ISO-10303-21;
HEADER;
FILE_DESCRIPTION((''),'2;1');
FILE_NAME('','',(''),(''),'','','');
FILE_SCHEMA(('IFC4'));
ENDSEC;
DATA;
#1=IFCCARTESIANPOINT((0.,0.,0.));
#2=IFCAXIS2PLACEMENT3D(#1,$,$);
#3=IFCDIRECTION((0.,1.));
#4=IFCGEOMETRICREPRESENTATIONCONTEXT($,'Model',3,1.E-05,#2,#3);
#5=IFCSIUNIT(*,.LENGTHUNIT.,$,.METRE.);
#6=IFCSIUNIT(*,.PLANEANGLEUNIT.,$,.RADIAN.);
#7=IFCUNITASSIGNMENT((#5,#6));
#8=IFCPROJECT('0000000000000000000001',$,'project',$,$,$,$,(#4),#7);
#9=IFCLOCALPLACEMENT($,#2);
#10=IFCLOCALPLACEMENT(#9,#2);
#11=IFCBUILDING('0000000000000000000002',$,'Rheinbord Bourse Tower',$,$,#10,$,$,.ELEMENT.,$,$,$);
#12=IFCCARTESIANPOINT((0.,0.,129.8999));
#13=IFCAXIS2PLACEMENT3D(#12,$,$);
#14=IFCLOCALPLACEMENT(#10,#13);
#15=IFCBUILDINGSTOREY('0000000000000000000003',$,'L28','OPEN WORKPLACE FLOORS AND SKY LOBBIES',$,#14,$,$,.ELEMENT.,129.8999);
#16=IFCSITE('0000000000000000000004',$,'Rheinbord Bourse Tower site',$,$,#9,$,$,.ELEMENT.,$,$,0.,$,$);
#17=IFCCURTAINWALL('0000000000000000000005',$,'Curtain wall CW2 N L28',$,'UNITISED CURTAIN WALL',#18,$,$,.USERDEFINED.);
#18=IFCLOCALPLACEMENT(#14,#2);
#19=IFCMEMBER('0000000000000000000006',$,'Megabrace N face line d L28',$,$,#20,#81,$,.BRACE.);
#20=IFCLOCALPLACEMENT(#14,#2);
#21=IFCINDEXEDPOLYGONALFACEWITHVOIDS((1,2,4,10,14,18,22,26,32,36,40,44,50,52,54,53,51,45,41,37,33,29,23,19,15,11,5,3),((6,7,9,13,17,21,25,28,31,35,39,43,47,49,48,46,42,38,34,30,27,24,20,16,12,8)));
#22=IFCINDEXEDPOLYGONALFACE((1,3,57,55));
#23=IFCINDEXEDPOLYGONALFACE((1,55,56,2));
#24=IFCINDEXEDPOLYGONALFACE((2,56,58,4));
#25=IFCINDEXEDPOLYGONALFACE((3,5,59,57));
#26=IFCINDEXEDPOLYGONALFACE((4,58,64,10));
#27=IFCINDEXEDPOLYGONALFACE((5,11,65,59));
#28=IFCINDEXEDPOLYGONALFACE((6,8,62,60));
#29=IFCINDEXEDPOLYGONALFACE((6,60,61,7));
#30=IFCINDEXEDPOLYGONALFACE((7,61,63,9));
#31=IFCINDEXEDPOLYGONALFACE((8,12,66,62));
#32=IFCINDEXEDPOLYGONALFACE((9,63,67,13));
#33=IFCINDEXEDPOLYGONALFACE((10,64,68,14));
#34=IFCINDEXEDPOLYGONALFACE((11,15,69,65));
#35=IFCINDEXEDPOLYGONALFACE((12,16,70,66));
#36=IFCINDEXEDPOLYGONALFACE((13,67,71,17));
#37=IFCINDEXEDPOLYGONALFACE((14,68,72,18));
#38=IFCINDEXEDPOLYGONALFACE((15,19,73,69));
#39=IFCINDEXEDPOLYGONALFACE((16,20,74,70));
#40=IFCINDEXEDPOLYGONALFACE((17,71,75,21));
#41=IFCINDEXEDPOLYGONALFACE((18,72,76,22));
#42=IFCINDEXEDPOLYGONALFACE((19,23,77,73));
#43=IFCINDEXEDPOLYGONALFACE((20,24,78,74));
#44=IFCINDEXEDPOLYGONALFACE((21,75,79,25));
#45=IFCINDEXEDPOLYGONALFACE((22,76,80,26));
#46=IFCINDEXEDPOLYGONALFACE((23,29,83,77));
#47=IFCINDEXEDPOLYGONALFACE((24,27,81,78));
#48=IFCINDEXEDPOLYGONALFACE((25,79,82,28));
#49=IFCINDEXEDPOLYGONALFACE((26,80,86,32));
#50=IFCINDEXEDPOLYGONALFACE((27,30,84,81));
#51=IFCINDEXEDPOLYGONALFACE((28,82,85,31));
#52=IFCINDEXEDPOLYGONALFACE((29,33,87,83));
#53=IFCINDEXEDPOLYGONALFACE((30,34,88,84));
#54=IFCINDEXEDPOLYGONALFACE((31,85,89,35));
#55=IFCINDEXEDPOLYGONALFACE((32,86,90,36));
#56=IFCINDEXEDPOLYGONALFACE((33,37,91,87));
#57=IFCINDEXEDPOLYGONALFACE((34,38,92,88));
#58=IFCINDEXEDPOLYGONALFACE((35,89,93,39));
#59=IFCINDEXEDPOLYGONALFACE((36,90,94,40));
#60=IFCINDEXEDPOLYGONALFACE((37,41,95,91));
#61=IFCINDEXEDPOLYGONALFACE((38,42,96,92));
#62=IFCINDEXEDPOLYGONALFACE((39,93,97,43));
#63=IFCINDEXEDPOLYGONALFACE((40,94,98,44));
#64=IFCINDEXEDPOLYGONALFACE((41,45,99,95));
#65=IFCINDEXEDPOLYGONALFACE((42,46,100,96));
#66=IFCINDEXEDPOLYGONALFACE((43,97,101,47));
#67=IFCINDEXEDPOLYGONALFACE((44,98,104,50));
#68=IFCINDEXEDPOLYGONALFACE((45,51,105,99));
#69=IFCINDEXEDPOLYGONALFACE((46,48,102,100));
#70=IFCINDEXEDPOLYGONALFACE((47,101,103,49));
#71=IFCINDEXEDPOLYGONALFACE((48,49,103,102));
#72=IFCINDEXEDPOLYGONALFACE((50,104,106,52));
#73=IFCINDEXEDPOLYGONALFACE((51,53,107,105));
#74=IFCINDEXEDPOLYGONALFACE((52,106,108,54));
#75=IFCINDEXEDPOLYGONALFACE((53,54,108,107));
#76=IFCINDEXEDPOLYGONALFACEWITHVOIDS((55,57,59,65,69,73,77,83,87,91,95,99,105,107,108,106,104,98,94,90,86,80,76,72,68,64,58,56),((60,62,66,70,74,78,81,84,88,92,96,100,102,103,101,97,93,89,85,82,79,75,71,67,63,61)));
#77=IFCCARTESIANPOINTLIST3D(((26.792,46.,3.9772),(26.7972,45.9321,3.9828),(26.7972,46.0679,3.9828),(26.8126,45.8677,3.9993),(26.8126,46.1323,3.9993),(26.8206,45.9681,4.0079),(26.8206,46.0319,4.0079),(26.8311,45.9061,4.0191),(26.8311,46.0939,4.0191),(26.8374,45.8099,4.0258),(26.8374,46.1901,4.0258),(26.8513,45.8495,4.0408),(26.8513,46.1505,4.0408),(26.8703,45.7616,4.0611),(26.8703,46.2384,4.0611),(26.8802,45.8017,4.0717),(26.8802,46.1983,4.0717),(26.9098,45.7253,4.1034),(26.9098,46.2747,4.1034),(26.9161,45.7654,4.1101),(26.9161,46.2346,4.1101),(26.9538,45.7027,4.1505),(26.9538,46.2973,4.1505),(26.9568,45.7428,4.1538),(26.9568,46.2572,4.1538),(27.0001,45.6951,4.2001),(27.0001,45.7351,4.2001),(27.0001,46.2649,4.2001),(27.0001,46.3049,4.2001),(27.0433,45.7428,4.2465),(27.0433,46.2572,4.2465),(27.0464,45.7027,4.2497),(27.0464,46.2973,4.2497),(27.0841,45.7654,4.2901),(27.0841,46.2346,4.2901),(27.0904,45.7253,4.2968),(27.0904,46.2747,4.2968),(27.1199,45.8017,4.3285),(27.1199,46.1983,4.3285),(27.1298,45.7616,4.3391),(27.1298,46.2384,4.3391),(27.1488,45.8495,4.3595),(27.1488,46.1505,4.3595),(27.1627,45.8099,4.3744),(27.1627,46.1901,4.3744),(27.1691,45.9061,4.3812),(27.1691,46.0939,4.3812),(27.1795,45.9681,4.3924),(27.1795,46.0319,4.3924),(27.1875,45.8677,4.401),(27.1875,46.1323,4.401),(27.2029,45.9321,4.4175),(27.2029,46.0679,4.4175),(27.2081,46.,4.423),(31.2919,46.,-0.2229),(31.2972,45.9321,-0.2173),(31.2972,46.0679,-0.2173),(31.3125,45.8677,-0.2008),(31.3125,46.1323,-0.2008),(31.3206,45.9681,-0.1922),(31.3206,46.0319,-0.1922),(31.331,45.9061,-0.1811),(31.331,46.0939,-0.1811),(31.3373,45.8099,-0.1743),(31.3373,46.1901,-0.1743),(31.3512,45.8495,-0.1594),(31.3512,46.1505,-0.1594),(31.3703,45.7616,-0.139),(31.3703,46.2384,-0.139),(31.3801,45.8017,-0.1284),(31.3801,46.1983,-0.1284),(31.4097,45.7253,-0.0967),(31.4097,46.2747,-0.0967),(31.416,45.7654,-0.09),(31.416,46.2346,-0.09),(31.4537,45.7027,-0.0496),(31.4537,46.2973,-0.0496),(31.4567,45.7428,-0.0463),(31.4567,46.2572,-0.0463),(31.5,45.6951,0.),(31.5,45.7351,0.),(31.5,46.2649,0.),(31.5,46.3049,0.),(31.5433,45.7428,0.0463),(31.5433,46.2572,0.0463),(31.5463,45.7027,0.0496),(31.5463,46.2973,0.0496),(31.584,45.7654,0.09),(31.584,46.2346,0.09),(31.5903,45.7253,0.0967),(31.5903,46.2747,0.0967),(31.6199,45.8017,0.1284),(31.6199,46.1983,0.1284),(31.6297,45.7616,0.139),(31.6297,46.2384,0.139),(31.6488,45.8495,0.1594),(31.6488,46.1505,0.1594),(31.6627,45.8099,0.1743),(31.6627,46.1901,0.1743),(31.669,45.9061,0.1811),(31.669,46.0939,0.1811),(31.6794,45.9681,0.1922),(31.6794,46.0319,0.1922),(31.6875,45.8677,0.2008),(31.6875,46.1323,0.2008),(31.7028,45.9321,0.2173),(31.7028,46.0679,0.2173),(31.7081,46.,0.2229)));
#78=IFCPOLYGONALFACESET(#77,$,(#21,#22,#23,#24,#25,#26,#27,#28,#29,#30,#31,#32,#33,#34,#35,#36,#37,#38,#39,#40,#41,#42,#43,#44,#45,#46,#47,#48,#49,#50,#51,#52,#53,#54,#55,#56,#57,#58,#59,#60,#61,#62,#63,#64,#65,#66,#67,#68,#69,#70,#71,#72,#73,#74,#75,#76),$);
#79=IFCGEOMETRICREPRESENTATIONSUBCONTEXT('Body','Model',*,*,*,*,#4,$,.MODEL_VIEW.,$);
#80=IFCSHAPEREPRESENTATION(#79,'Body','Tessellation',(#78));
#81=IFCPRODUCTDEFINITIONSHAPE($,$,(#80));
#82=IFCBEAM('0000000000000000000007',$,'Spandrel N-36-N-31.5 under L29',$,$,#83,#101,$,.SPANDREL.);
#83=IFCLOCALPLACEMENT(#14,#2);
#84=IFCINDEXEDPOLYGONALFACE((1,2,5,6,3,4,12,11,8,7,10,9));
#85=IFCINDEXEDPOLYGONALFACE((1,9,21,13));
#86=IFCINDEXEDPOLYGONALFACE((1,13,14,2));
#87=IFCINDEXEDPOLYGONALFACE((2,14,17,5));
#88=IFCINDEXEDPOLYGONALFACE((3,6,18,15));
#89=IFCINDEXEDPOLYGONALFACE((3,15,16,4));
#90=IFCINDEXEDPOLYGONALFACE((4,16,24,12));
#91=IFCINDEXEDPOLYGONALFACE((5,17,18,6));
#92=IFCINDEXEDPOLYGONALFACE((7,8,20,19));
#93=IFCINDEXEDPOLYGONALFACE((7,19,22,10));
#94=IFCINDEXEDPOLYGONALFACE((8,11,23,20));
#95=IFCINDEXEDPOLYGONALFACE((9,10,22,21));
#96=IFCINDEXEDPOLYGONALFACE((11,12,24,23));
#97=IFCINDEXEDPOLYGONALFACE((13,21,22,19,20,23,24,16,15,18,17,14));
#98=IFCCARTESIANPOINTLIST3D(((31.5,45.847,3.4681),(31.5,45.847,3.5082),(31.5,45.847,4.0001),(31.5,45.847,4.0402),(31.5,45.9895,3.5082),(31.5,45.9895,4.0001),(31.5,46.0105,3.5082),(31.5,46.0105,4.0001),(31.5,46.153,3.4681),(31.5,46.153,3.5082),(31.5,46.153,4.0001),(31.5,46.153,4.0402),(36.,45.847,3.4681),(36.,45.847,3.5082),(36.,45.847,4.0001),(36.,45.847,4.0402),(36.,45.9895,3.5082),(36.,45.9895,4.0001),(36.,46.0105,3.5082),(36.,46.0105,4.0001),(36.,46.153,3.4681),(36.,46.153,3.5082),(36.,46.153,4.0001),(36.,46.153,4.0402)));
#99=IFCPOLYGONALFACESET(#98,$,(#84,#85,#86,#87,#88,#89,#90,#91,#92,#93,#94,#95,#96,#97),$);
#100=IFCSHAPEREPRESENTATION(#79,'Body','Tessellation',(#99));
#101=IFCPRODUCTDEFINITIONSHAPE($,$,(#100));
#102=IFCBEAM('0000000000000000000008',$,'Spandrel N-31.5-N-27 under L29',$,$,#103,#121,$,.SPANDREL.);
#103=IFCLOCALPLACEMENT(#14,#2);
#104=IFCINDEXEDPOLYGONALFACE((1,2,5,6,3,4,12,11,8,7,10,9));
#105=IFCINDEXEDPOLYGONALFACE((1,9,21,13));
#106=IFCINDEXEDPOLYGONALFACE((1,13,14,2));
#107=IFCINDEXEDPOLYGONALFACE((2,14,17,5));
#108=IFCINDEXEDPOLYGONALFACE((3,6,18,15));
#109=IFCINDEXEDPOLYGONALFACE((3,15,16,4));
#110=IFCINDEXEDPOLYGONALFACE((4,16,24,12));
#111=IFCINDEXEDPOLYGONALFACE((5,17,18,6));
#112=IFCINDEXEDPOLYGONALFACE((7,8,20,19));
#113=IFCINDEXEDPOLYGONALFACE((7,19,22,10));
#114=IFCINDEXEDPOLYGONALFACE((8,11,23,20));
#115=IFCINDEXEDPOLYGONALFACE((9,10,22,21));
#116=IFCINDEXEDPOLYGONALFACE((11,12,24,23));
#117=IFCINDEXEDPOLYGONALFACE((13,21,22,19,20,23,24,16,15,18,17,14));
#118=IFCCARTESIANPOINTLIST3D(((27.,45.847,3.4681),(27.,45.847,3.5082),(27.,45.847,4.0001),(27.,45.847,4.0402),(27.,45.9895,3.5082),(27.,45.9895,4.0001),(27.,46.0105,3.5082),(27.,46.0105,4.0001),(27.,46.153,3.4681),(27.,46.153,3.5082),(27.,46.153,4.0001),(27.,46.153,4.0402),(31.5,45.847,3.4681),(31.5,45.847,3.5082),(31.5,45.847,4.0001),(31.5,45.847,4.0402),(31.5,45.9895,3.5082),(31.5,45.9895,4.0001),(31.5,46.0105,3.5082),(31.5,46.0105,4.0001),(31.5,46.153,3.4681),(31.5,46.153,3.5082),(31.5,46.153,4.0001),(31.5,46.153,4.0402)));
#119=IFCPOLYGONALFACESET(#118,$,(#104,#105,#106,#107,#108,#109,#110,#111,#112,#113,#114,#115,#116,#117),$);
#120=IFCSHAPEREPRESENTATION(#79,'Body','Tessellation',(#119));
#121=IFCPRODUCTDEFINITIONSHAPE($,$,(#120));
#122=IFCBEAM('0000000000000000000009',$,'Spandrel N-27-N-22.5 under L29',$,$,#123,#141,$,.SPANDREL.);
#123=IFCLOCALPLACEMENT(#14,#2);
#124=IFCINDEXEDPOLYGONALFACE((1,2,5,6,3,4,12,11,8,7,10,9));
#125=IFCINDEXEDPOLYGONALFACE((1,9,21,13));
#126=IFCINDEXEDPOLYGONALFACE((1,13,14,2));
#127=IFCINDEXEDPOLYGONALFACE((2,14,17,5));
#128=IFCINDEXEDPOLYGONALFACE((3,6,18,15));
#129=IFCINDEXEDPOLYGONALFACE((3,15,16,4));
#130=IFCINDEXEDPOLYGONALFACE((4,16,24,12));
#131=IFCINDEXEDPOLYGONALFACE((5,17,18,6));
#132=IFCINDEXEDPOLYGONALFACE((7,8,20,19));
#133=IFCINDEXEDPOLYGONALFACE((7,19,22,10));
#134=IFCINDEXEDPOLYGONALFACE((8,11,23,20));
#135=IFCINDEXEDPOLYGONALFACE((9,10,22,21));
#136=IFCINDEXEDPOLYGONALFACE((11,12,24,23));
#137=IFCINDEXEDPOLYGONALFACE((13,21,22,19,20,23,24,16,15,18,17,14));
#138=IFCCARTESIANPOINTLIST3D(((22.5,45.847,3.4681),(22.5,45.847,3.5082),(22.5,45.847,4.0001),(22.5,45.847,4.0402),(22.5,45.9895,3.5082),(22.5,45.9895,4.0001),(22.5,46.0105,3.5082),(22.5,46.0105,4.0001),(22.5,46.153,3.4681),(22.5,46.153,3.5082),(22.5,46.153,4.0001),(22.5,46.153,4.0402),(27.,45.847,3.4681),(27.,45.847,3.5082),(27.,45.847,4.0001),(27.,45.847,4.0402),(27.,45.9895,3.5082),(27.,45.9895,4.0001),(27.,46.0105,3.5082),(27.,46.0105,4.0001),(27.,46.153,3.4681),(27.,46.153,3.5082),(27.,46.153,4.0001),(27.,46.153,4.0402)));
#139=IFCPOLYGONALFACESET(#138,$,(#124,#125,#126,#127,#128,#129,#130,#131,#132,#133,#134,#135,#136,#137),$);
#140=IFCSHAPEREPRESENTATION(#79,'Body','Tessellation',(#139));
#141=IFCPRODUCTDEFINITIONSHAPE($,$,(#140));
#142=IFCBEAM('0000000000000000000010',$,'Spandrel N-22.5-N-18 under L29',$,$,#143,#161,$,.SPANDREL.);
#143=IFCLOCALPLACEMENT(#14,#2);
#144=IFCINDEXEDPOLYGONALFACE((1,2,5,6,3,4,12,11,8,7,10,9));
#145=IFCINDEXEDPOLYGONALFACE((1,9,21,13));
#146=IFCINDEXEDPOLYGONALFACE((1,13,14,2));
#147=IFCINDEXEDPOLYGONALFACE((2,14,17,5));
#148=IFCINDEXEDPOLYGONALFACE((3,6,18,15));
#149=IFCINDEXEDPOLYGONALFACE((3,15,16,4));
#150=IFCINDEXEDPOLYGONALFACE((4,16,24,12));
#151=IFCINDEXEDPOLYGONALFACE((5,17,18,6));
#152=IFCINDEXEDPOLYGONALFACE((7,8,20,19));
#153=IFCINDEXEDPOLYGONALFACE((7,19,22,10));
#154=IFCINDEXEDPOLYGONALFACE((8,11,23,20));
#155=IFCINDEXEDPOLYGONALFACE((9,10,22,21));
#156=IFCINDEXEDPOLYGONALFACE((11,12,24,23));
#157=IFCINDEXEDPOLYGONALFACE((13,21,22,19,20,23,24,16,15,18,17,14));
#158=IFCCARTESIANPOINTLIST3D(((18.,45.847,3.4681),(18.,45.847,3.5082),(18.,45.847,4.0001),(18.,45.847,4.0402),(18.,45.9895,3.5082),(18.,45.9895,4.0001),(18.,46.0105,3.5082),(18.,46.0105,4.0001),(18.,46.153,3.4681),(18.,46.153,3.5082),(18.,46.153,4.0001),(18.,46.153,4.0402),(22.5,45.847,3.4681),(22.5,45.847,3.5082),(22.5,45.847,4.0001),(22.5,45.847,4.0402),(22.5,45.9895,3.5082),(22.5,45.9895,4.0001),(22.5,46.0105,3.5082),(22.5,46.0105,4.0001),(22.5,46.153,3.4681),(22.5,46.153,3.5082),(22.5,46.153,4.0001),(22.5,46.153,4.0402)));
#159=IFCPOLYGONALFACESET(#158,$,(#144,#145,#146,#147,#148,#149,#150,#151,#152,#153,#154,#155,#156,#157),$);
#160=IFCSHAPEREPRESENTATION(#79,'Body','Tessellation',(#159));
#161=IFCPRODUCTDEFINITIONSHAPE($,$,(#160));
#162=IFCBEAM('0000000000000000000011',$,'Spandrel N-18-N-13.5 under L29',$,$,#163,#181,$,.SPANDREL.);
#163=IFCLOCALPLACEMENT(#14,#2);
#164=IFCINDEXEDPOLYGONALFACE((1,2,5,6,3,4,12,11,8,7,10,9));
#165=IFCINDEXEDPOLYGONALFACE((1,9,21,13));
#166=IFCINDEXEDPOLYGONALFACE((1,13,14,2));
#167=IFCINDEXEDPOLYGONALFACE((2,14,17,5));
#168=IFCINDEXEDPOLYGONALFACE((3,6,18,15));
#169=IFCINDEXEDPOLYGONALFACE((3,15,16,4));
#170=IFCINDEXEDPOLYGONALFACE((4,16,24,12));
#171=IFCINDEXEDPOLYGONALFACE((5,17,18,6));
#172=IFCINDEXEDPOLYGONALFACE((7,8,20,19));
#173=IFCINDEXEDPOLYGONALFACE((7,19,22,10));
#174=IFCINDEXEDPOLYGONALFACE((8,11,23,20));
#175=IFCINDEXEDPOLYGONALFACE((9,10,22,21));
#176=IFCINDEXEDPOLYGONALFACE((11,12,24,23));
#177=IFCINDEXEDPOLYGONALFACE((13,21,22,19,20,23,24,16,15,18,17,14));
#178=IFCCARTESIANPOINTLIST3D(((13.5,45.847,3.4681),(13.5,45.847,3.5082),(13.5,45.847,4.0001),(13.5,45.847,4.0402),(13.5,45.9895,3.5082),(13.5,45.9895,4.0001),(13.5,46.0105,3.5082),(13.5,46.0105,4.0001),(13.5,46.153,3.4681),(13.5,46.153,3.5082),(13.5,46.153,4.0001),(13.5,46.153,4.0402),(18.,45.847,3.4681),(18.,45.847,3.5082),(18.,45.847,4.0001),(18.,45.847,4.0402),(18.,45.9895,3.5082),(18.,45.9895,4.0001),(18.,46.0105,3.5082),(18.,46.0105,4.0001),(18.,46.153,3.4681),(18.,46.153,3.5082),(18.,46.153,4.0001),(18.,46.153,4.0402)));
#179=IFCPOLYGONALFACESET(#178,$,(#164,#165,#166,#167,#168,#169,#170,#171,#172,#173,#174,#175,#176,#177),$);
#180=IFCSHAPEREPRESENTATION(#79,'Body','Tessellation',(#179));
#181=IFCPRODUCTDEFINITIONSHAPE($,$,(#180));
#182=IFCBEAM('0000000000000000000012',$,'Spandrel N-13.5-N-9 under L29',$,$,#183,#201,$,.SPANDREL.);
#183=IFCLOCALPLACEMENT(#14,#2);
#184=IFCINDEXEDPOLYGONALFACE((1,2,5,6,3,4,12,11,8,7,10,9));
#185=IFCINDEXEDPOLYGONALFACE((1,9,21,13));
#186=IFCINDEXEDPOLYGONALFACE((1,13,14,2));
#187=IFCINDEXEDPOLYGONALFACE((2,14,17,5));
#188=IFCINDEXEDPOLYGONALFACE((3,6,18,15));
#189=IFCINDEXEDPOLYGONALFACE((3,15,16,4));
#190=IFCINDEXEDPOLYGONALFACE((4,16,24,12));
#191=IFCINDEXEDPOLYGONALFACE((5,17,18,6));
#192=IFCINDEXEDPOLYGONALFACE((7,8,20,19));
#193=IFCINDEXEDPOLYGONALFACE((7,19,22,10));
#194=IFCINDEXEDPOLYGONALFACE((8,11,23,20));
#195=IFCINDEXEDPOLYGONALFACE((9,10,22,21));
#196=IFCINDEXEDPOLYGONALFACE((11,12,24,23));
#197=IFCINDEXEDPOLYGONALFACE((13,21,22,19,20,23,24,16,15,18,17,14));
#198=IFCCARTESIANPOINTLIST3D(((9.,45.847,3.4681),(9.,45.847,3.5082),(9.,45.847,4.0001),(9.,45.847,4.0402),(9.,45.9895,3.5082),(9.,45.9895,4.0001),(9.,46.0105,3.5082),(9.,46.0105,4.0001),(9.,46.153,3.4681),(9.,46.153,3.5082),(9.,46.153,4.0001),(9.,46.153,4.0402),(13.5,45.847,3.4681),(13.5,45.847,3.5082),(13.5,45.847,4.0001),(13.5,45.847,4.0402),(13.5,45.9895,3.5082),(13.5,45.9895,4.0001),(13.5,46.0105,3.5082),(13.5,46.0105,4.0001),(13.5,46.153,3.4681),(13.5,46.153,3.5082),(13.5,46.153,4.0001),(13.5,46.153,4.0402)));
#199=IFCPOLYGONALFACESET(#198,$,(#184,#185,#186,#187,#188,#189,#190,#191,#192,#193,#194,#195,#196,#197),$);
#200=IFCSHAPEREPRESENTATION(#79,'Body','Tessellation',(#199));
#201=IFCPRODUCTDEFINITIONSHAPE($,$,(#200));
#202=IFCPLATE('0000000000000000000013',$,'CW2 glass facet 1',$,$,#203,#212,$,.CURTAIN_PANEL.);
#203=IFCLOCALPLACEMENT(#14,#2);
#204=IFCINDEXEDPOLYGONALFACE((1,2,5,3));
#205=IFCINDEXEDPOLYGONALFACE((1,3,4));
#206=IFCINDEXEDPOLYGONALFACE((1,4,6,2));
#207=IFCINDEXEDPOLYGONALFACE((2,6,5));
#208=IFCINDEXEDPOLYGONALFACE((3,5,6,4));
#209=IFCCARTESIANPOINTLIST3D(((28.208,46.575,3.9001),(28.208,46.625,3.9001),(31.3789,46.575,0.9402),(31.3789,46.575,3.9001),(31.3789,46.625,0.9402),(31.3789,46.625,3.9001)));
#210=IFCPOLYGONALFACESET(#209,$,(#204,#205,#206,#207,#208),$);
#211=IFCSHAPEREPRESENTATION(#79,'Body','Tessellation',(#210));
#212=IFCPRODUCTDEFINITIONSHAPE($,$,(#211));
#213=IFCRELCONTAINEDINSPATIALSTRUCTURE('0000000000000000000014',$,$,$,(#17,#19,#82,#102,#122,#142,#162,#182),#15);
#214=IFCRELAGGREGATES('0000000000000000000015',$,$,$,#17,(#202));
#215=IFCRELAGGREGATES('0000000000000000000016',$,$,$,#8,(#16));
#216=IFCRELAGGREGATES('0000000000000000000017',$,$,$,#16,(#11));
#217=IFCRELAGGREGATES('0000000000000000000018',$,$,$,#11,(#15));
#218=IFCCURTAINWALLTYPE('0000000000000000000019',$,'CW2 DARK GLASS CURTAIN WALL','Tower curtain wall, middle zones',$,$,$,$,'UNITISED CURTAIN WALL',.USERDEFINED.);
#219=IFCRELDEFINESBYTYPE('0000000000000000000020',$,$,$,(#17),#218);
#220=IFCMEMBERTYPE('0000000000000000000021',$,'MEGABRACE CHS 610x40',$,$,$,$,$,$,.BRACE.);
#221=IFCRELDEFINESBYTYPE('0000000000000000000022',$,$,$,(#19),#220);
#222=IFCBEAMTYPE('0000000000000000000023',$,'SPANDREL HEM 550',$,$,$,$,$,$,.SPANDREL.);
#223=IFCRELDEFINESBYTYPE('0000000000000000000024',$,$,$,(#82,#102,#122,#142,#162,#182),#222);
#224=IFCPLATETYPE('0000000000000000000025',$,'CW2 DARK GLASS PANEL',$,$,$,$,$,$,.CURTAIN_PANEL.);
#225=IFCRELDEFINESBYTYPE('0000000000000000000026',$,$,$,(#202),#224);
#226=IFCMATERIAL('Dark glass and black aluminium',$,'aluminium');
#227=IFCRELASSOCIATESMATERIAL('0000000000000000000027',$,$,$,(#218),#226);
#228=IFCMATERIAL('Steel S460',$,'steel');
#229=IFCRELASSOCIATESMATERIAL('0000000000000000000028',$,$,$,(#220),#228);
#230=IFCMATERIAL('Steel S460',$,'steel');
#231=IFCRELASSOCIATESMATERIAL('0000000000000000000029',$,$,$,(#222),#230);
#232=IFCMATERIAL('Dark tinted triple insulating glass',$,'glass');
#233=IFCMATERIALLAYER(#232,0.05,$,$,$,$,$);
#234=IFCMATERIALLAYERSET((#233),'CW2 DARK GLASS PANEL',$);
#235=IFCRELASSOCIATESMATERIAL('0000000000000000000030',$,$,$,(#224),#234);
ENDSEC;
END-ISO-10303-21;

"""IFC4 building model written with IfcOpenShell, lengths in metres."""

from ifc_helpers import new_model, si_unit, direction, frame, origin, origin_2d, place, context, subcontext, project, spatial, polyline, hollow_circle, i_section, outline, extrude, material, layer, layer_set, material_profile, profile_set, type_object, element, aggregate, save


model = new_model("IFC4")

# Units and contexts
model_context = context("Model", 3, precision=1e-05, world=origin(), true_north=direction((0.0, 1.0)))
body_context = subcontext(model_context, "Body", "Model", "MODEL_VIEW")
ifc_project = project(units=[si_unit("LENGTHUNIT", "METRE"), si_unit("PLANEANGLEUNIT", "RADIAN")], contexts=[model_context])

# Site, building, storey
site_placement = place(None, origin())
site = spatial("IfcSite", under=ifc_project, at=site_placement, Name="Rheinbord Bourse Tower site", CompositionType="ELEMENT", RefElevation=0.0)
building_placement = place(site_placement, origin())
building = spatial("IfcBuilding", under=site, at=building_placement, Name="Rheinbord Bourse Tower", CompositionType="ELEMENT")
storey_placement = place(building_placement, frame((0.0, 0.0, 129.8999)))
storey = spatial("IfcBuildingStorey", under=building, at=storey_placement, Name="L28", Description="OPEN WORKPLACE FLOORS AND SKY LOBBIES", CompositionType="ELEMENT", Elevation=129.8999)

# Curtain wall
ifc_material_1 = material(Name="Dark glass and black aluminium", Category="aluminium")
curtain_wall_type = type_object("IfcCurtainWallType", Name="CW2 DARK GLASS CURTAIN WALL", Description="Tower curtain wall, middle zones", ElementType="UNITISED CURTAIN WALL", PredefinedType="USERDEFINED", material=ifc_material_1)
curtain_wall_placement = place(storey_placement, origin())
curtain_wall = element("IfcCurtainWall", 1, at=curtain_wall_placement, inside=storey, type_object=curtain_wall_type, Name="Curtain wall CW2 N L28", ObjectType="UNITISED CURTAIN WALL", PredefinedType="USERDEFINED")

# Member
ifc_material_2 = material(Name="Steel S460", Category="steel")
ifc_material_profile_1 = material_profile(ifc_material_2, hollow_circle(Radius=0.3049, WallThickness=0.04, at=origin_2d()), Name="CHS 610x40")
ifc_profile_set_1 = profile_set([ifc_material_profile_1], Name="Steel S460")
member_type_1 = type_object("IfcMemberType", Name="MEGABRACE CHS 610x40", PredefinedType="BRACE", material=ifc_profile_set_1)
member_1_placement = place(storey_placement, frame((31.5, 46.0, 0.0), z_axis=(-0.731039, 0.0, 0.682335), x_axis=(0.0, -1.0, 0.0)))
element("IfcMember", 2, at=member_1_placement, inside=storey, type_object=member_type_1, Name="Megabrace N face line d L28", PredefinedType="BRACE", context=body_context, shape_type="SweptSolid", body=[
    extrude(hollow_circle(Radius=0.3049, WallThickness=0.04, at=origin_2d()), origin(), (0.0, 0.0, 1.0), 6.1555),
])

# Beams
ifc_material_3 = material(Name="Steel S460", Category="steel")
ifc_material_profile_2 = material_profile(ifc_material_3, i_section(OverallWidth=0.3059, OverallDepth=0.572, WebThickness=0.021, FlangeThickness=0.04, at=origin_2d()), Name="HEM 550")
ifc_profile_set_2 = profile_set([ifc_material_profile_2], Name="Steel S460")
beam_type_1 = type_object("IfcBeamType", Name="SPANDREL HEM 550", PredefinedType="SPANDREL", material=ifc_profile_set_2)
for number, where, z_axis, x_axis, name in (
    (3, (36.0, 46.0, 3.7542), (-1.0, 0.0, 0.0), (0.0, -1.0, 0.0), "Spandrel N-36-N-31.5 under L29"),
    (4, (31.5, 46.0, 3.7542), (-1.0, 0.0, 0.0), (0.0, -1.0, 0.0), "Spandrel N-31.5-N-27 under L29"),
    (5, (27.0, 46.0, 3.7542), (-1.0, 0.0, 0.0), (0.0, -1.0, 0.0), "Spandrel N-27-N-22.5 under L29"),
    (6, (22.5, 46.0, 3.7542), (-1.0, 0.0, 0.0), (0.0, -1.0, 0.0), "Spandrel N-22.5-N-18 under L29"),
    (7, (18.0, 46.0, 3.7542), (-1.0, 0.0, 0.0), (0.0, -1.0, 0.0), "Spandrel N-18-N-13.5 under L29"),
    (8, (13.5, 46.0, 3.7542), (-1.0, 0.0, 0.0), (0.0, -1.0, 0.0), "Spandrel N-13.5-N-9 under L29"),
):
    element("IfcBeam", number, at=place(storey_placement, frame(where, z_axis=z_axis, x_axis=x_axis)), inside=storey, type_object=beam_type_1, Name=name, PredefinedType="SPANDREL", context=body_context, shape_type="SweptSolid", body=[
        extrude(i_section(OverallWidth=0.3059, OverallDepth=0.572, WebThickness=0.021, FlangeThickness=0.04, at=origin_2d()), origin(), (0.0, 0.0, 1.0), 4.5),
    ])

# Plate
ifc_material_4 = material(Name="Dark tinted triple insulating glass", Category="glass")
ifc_layer_1 = layer(ifc_material_4, 0.05)
ifc_layer_set_1 = layer_set([ifc_layer_1], Name="CW2 DARK GLASS PANEL")
plate_type = type_object("IfcPlateType", Name="CW2 DARK GLASS PANEL", PredefinedType="CURTAIN_PANEL", material=ifc_layer_set_1)
plate_1_placement = place(storey_placement, frame((31.3789, 46.625, 3.9001), z_axis=(0.0, -1.0, 0.0), x_axis=(-1.0, 0.0, 0.0)))
plate_1 = element("IfcPlate", 9, at=plate_1_placement, type_object=plate_type, Name="CW2 glass facet 1", PredefinedType="CURTAIN_PANEL", context=body_context, shape_type="SweptSolid", body=[
    extrude(outline(polyline([(0.0, 0.0), (3.1709, 0.0), (0.0, 2.96), (0.0, 0.0)])), origin(), (0.0, 0.0, 1.0), 0.05),
])
aggregate(curtain_wall, [plate_1])

save(model, "model.ifc")
